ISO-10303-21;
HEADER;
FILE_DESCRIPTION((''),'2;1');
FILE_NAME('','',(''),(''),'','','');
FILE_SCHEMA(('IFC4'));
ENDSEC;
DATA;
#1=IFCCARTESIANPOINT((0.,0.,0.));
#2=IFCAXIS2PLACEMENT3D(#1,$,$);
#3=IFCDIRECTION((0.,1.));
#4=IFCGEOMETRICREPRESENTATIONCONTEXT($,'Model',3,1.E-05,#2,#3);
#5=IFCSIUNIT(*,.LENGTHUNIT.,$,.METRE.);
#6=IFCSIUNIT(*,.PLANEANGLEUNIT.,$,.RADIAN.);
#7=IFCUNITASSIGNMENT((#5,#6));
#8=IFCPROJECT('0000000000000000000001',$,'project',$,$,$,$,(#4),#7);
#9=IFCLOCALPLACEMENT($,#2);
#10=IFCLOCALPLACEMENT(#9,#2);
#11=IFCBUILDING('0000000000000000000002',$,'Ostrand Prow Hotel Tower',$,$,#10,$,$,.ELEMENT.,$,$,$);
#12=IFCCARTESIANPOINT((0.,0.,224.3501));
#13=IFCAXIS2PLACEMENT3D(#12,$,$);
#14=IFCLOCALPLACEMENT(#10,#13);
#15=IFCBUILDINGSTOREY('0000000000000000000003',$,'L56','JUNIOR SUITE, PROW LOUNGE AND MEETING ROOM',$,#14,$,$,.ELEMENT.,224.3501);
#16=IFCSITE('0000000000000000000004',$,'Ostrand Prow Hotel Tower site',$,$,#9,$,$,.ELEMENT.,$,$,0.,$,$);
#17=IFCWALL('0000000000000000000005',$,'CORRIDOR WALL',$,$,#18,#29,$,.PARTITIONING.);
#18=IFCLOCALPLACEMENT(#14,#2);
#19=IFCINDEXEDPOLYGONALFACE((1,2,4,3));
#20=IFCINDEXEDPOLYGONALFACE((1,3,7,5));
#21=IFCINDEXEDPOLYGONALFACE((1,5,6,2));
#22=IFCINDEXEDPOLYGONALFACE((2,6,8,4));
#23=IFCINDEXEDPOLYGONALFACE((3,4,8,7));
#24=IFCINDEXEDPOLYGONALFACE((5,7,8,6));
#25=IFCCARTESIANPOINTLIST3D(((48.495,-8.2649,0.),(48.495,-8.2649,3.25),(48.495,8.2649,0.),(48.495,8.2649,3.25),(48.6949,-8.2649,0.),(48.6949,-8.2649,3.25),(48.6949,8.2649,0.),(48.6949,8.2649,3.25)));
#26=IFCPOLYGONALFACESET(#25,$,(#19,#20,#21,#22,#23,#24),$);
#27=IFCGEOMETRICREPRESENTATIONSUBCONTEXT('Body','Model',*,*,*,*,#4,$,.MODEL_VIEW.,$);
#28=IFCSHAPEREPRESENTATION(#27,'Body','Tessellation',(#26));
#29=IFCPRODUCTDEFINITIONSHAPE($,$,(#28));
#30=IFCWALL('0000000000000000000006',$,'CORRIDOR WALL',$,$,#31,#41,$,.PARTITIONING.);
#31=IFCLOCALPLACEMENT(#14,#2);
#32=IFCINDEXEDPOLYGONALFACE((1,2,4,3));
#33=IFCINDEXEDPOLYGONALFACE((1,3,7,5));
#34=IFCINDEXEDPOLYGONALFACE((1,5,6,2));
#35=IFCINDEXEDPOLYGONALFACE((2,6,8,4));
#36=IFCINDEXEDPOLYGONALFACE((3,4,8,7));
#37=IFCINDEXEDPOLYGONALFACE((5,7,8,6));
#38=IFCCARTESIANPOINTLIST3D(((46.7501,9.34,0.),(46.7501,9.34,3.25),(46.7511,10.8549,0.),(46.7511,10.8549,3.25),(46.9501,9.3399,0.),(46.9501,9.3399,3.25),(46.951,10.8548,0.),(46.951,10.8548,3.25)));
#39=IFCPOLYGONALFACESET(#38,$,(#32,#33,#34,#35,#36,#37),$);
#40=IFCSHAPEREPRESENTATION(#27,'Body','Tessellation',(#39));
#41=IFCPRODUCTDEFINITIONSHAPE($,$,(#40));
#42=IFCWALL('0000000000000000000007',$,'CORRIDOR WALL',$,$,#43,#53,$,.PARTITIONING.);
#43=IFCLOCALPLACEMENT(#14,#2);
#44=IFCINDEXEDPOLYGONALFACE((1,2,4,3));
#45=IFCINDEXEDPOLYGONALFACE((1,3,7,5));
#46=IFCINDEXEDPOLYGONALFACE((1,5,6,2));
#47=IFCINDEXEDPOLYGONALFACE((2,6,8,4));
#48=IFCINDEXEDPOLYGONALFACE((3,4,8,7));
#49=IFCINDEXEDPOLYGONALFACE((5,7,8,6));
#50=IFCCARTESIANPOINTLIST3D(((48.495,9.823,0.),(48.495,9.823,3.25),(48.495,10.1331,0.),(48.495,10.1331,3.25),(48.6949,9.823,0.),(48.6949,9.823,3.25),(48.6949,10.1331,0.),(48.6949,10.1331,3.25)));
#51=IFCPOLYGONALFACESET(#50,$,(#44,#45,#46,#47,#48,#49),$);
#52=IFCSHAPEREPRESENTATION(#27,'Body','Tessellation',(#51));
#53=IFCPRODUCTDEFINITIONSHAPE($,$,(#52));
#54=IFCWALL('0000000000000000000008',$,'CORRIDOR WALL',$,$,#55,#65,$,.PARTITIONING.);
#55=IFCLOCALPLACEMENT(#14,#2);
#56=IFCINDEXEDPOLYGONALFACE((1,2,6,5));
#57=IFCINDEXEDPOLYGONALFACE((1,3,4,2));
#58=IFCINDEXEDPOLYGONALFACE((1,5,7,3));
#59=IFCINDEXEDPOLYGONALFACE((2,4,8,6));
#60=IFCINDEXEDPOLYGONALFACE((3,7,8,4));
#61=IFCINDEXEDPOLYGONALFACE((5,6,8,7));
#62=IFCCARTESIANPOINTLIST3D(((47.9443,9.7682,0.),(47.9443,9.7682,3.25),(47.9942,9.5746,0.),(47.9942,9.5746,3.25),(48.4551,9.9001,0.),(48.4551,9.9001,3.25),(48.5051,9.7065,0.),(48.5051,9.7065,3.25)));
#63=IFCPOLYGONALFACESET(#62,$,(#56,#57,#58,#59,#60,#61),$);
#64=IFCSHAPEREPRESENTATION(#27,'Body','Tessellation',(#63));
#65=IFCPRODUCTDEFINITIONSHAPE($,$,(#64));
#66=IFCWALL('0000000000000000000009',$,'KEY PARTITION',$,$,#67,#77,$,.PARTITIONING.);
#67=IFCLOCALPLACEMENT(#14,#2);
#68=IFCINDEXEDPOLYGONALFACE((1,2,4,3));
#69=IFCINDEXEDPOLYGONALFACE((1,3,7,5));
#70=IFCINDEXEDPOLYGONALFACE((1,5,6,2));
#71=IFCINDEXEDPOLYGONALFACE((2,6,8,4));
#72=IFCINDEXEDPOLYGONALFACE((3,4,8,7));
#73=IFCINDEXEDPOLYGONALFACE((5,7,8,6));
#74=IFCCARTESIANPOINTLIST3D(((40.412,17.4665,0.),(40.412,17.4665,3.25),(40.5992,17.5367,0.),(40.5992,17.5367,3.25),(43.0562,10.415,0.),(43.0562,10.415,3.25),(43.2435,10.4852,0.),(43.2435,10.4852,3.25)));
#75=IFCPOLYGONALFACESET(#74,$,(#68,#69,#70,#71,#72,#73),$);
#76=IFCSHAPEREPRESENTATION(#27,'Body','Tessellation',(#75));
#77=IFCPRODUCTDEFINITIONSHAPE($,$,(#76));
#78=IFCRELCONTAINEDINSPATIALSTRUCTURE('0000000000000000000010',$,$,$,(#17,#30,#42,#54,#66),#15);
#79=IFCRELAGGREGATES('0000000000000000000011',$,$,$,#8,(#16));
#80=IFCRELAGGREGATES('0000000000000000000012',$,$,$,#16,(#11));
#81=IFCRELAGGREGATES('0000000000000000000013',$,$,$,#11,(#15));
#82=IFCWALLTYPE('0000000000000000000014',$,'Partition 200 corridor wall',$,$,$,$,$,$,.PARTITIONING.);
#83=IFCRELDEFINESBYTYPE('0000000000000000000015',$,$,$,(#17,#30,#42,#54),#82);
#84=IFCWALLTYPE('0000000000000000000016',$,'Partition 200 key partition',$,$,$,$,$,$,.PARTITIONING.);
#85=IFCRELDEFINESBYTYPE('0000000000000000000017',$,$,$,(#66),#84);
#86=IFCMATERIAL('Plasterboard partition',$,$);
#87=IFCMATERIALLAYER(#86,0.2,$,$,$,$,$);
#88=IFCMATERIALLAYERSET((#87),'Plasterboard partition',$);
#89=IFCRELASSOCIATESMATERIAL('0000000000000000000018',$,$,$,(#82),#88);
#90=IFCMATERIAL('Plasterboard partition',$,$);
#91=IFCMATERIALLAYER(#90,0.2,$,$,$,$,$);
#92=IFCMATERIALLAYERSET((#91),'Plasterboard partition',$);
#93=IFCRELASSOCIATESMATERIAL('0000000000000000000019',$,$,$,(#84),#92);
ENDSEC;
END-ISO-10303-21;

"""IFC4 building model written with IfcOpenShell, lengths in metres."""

from ifc_helpers import new_model, si_unit, direction, frame, frame_2d, origin, place, context, subcontext, project, spatial, rectangle, extrude, material, layer, layer_set, type_object, element, save


model = new_model("IFC4")

# Units and contexts
model_context = context("Model", 3, precision=1e-05, world=origin(), true_north=direction((0.0, 1.0)))
body_context = subcontext(model_context, "Body", "Model", "MODEL_VIEW")
ifc_project = project(units=[si_unit("LENGTHUNIT", "METRE"), si_unit("PLANEANGLEUNIT", "RADIAN")], contexts=[model_context])

# Site, building, storey
site_placement = place(None, origin())
site = spatial("IfcSite", under=ifc_project, at=site_placement, Name="Ostrand Prow Hotel Tower site", CompositionType="ELEMENT", RefElevation=0.0)
building_placement = place(site_placement, origin())
building = spatial("IfcBuilding", under=site, at=building_placement, Name="Ostrand Prow Hotel Tower", CompositionType="ELEMENT")
storey_placement = place(building_placement, frame((0.0, 0.0, 224.3501)))
storey = spatial("IfcBuildingStorey", under=building, at=storey_placement, Name="L56", Description="JUNIOR SUITE, PROW LOUNGE AND MEETING ROOM", CompositionType="ELEMENT", Elevation=224.3501)

# Shared definitions
ifc_material_1 = material(Name="Plasterboard partition")
ifc_layer_1 = layer(ifc_material_1, 0.2)
ifc_layer_set_1 = layer_set([ifc_layer_1], Name="Plasterboard partition")
wall_type_1 = type_object("IfcWallType", Name="Partition 200 corridor wall", PredefinedType="PARTITIONING", material=ifc_layer_set_1)

# Walls
wall_1_placement = place(storey_placement, frame((48.595, 8.2649, 0.0), z_axis=(0.0, 0.0, 1.0), x_axis=(0.0, -1.0, 0.0)))
element("IfcWall", 1, at=wall_1_placement, inside=storey, type_object=wall_type_1, Name="CORRIDOR WALL", PredefinedType="PARTITIONING", context=body_context, shape_type="SweptSolid", body=[
    extrude(rectangle(XDim=16.5298, YDim=0.2, at=frame_2d((8.2649, 0.0))), origin(), (0.0, 0.0, 1.0), 3.25),
])
wall_2_placement = place(storey_placement, frame((46.8501, 9.3401, 0.0), z_axis=(0.0, 0.0, 1.0), x_axis=(0.000645, 1.0, 0.0)))
element("IfcWall", 2, at=wall_2_placement, inside=storey, type_object=wall_type_1, Name="CORRIDOR WALL", PredefinedType="PARTITIONING", context=body_context, shape_type="SweptSolid", body=[
    extrude(rectangle(XDim=1.5149, YDim=0.2, at=frame_2d((0.7573, 0.0))), origin(), (0.0, 0.0, 1.0), 3.25),
])
wall_3_placement = place(storey_placement, frame((48.595, 10.1331, 0.0), z_axis=(0.0, 0.0, 1.0), x_axis=(0.0, -1.0, 0.0)))
element("IfcWall", 3, at=wall_3_placement, inside=storey, type_object=wall_type_1, Name="CORRIDOR WALL", PredefinedType="PARTITIONING", context=body_context, shape_type="SweptSolid", body=[
    extrude(rectangle(XDim=0.3101, YDim=0.2, at=frame_2d((0.155, 0.0))), origin(), (0.0, 0.0, 1.0), 3.25),
])
wall_4_placement = place(storey_placement, frame((48.48, 9.8032, 0.0), z_axis=(0.0, 0.0, 1.0), x_axis=(-0.968263, -0.249934, 0.0)))
element("IfcWall", 4, at=wall_4_placement, inside=storey, type_object=wall_type_1, Name="CORRIDOR WALL", PredefinedType="PARTITIONING", context=body_context, shape_type="SweptSolid", body=[
    extrude(rectangle(XDim=0.5276, YDim=0.2, at=frame_2d((0.2637, 0.0))), origin(), (0.0, 0.0, 1.0), 3.25),
])
ifc_material_2 = material(Name="Plasterboard partition")
ifc_layer_2 = layer(ifc_material_2, 0.2)
ifc_layer_set_2 = layer_set([ifc_layer_2], Name="Plasterboard partition")
wall_type_2 = type_object("IfcWallType", Name="Partition 200 key partition", PredefinedType="PARTITIONING", material=ifc_layer_set_2)
wall_5_placement = place(storey_placement, frame((43.1499, 10.45, 0.0), z_axis=(0.0, 0.0, 1.0), x_axis=(-0.35112, 0.936331, 0.0)))
element("IfcWall", 5, at=wall_5_placement, inside=storey, type_object=wall_type_2, Name="KEY PARTITION", PredefinedType="PARTITIONING", context=body_context, shape_type="SweptSolid", body=[
    extrude(rectangle(XDim=7.531, YDim=0.2, at=frame_2d((3.7656, 0.0))), origin(), (0.0, 0.0, 1.0), 3.25),
])

save(model, "model.ifc")
